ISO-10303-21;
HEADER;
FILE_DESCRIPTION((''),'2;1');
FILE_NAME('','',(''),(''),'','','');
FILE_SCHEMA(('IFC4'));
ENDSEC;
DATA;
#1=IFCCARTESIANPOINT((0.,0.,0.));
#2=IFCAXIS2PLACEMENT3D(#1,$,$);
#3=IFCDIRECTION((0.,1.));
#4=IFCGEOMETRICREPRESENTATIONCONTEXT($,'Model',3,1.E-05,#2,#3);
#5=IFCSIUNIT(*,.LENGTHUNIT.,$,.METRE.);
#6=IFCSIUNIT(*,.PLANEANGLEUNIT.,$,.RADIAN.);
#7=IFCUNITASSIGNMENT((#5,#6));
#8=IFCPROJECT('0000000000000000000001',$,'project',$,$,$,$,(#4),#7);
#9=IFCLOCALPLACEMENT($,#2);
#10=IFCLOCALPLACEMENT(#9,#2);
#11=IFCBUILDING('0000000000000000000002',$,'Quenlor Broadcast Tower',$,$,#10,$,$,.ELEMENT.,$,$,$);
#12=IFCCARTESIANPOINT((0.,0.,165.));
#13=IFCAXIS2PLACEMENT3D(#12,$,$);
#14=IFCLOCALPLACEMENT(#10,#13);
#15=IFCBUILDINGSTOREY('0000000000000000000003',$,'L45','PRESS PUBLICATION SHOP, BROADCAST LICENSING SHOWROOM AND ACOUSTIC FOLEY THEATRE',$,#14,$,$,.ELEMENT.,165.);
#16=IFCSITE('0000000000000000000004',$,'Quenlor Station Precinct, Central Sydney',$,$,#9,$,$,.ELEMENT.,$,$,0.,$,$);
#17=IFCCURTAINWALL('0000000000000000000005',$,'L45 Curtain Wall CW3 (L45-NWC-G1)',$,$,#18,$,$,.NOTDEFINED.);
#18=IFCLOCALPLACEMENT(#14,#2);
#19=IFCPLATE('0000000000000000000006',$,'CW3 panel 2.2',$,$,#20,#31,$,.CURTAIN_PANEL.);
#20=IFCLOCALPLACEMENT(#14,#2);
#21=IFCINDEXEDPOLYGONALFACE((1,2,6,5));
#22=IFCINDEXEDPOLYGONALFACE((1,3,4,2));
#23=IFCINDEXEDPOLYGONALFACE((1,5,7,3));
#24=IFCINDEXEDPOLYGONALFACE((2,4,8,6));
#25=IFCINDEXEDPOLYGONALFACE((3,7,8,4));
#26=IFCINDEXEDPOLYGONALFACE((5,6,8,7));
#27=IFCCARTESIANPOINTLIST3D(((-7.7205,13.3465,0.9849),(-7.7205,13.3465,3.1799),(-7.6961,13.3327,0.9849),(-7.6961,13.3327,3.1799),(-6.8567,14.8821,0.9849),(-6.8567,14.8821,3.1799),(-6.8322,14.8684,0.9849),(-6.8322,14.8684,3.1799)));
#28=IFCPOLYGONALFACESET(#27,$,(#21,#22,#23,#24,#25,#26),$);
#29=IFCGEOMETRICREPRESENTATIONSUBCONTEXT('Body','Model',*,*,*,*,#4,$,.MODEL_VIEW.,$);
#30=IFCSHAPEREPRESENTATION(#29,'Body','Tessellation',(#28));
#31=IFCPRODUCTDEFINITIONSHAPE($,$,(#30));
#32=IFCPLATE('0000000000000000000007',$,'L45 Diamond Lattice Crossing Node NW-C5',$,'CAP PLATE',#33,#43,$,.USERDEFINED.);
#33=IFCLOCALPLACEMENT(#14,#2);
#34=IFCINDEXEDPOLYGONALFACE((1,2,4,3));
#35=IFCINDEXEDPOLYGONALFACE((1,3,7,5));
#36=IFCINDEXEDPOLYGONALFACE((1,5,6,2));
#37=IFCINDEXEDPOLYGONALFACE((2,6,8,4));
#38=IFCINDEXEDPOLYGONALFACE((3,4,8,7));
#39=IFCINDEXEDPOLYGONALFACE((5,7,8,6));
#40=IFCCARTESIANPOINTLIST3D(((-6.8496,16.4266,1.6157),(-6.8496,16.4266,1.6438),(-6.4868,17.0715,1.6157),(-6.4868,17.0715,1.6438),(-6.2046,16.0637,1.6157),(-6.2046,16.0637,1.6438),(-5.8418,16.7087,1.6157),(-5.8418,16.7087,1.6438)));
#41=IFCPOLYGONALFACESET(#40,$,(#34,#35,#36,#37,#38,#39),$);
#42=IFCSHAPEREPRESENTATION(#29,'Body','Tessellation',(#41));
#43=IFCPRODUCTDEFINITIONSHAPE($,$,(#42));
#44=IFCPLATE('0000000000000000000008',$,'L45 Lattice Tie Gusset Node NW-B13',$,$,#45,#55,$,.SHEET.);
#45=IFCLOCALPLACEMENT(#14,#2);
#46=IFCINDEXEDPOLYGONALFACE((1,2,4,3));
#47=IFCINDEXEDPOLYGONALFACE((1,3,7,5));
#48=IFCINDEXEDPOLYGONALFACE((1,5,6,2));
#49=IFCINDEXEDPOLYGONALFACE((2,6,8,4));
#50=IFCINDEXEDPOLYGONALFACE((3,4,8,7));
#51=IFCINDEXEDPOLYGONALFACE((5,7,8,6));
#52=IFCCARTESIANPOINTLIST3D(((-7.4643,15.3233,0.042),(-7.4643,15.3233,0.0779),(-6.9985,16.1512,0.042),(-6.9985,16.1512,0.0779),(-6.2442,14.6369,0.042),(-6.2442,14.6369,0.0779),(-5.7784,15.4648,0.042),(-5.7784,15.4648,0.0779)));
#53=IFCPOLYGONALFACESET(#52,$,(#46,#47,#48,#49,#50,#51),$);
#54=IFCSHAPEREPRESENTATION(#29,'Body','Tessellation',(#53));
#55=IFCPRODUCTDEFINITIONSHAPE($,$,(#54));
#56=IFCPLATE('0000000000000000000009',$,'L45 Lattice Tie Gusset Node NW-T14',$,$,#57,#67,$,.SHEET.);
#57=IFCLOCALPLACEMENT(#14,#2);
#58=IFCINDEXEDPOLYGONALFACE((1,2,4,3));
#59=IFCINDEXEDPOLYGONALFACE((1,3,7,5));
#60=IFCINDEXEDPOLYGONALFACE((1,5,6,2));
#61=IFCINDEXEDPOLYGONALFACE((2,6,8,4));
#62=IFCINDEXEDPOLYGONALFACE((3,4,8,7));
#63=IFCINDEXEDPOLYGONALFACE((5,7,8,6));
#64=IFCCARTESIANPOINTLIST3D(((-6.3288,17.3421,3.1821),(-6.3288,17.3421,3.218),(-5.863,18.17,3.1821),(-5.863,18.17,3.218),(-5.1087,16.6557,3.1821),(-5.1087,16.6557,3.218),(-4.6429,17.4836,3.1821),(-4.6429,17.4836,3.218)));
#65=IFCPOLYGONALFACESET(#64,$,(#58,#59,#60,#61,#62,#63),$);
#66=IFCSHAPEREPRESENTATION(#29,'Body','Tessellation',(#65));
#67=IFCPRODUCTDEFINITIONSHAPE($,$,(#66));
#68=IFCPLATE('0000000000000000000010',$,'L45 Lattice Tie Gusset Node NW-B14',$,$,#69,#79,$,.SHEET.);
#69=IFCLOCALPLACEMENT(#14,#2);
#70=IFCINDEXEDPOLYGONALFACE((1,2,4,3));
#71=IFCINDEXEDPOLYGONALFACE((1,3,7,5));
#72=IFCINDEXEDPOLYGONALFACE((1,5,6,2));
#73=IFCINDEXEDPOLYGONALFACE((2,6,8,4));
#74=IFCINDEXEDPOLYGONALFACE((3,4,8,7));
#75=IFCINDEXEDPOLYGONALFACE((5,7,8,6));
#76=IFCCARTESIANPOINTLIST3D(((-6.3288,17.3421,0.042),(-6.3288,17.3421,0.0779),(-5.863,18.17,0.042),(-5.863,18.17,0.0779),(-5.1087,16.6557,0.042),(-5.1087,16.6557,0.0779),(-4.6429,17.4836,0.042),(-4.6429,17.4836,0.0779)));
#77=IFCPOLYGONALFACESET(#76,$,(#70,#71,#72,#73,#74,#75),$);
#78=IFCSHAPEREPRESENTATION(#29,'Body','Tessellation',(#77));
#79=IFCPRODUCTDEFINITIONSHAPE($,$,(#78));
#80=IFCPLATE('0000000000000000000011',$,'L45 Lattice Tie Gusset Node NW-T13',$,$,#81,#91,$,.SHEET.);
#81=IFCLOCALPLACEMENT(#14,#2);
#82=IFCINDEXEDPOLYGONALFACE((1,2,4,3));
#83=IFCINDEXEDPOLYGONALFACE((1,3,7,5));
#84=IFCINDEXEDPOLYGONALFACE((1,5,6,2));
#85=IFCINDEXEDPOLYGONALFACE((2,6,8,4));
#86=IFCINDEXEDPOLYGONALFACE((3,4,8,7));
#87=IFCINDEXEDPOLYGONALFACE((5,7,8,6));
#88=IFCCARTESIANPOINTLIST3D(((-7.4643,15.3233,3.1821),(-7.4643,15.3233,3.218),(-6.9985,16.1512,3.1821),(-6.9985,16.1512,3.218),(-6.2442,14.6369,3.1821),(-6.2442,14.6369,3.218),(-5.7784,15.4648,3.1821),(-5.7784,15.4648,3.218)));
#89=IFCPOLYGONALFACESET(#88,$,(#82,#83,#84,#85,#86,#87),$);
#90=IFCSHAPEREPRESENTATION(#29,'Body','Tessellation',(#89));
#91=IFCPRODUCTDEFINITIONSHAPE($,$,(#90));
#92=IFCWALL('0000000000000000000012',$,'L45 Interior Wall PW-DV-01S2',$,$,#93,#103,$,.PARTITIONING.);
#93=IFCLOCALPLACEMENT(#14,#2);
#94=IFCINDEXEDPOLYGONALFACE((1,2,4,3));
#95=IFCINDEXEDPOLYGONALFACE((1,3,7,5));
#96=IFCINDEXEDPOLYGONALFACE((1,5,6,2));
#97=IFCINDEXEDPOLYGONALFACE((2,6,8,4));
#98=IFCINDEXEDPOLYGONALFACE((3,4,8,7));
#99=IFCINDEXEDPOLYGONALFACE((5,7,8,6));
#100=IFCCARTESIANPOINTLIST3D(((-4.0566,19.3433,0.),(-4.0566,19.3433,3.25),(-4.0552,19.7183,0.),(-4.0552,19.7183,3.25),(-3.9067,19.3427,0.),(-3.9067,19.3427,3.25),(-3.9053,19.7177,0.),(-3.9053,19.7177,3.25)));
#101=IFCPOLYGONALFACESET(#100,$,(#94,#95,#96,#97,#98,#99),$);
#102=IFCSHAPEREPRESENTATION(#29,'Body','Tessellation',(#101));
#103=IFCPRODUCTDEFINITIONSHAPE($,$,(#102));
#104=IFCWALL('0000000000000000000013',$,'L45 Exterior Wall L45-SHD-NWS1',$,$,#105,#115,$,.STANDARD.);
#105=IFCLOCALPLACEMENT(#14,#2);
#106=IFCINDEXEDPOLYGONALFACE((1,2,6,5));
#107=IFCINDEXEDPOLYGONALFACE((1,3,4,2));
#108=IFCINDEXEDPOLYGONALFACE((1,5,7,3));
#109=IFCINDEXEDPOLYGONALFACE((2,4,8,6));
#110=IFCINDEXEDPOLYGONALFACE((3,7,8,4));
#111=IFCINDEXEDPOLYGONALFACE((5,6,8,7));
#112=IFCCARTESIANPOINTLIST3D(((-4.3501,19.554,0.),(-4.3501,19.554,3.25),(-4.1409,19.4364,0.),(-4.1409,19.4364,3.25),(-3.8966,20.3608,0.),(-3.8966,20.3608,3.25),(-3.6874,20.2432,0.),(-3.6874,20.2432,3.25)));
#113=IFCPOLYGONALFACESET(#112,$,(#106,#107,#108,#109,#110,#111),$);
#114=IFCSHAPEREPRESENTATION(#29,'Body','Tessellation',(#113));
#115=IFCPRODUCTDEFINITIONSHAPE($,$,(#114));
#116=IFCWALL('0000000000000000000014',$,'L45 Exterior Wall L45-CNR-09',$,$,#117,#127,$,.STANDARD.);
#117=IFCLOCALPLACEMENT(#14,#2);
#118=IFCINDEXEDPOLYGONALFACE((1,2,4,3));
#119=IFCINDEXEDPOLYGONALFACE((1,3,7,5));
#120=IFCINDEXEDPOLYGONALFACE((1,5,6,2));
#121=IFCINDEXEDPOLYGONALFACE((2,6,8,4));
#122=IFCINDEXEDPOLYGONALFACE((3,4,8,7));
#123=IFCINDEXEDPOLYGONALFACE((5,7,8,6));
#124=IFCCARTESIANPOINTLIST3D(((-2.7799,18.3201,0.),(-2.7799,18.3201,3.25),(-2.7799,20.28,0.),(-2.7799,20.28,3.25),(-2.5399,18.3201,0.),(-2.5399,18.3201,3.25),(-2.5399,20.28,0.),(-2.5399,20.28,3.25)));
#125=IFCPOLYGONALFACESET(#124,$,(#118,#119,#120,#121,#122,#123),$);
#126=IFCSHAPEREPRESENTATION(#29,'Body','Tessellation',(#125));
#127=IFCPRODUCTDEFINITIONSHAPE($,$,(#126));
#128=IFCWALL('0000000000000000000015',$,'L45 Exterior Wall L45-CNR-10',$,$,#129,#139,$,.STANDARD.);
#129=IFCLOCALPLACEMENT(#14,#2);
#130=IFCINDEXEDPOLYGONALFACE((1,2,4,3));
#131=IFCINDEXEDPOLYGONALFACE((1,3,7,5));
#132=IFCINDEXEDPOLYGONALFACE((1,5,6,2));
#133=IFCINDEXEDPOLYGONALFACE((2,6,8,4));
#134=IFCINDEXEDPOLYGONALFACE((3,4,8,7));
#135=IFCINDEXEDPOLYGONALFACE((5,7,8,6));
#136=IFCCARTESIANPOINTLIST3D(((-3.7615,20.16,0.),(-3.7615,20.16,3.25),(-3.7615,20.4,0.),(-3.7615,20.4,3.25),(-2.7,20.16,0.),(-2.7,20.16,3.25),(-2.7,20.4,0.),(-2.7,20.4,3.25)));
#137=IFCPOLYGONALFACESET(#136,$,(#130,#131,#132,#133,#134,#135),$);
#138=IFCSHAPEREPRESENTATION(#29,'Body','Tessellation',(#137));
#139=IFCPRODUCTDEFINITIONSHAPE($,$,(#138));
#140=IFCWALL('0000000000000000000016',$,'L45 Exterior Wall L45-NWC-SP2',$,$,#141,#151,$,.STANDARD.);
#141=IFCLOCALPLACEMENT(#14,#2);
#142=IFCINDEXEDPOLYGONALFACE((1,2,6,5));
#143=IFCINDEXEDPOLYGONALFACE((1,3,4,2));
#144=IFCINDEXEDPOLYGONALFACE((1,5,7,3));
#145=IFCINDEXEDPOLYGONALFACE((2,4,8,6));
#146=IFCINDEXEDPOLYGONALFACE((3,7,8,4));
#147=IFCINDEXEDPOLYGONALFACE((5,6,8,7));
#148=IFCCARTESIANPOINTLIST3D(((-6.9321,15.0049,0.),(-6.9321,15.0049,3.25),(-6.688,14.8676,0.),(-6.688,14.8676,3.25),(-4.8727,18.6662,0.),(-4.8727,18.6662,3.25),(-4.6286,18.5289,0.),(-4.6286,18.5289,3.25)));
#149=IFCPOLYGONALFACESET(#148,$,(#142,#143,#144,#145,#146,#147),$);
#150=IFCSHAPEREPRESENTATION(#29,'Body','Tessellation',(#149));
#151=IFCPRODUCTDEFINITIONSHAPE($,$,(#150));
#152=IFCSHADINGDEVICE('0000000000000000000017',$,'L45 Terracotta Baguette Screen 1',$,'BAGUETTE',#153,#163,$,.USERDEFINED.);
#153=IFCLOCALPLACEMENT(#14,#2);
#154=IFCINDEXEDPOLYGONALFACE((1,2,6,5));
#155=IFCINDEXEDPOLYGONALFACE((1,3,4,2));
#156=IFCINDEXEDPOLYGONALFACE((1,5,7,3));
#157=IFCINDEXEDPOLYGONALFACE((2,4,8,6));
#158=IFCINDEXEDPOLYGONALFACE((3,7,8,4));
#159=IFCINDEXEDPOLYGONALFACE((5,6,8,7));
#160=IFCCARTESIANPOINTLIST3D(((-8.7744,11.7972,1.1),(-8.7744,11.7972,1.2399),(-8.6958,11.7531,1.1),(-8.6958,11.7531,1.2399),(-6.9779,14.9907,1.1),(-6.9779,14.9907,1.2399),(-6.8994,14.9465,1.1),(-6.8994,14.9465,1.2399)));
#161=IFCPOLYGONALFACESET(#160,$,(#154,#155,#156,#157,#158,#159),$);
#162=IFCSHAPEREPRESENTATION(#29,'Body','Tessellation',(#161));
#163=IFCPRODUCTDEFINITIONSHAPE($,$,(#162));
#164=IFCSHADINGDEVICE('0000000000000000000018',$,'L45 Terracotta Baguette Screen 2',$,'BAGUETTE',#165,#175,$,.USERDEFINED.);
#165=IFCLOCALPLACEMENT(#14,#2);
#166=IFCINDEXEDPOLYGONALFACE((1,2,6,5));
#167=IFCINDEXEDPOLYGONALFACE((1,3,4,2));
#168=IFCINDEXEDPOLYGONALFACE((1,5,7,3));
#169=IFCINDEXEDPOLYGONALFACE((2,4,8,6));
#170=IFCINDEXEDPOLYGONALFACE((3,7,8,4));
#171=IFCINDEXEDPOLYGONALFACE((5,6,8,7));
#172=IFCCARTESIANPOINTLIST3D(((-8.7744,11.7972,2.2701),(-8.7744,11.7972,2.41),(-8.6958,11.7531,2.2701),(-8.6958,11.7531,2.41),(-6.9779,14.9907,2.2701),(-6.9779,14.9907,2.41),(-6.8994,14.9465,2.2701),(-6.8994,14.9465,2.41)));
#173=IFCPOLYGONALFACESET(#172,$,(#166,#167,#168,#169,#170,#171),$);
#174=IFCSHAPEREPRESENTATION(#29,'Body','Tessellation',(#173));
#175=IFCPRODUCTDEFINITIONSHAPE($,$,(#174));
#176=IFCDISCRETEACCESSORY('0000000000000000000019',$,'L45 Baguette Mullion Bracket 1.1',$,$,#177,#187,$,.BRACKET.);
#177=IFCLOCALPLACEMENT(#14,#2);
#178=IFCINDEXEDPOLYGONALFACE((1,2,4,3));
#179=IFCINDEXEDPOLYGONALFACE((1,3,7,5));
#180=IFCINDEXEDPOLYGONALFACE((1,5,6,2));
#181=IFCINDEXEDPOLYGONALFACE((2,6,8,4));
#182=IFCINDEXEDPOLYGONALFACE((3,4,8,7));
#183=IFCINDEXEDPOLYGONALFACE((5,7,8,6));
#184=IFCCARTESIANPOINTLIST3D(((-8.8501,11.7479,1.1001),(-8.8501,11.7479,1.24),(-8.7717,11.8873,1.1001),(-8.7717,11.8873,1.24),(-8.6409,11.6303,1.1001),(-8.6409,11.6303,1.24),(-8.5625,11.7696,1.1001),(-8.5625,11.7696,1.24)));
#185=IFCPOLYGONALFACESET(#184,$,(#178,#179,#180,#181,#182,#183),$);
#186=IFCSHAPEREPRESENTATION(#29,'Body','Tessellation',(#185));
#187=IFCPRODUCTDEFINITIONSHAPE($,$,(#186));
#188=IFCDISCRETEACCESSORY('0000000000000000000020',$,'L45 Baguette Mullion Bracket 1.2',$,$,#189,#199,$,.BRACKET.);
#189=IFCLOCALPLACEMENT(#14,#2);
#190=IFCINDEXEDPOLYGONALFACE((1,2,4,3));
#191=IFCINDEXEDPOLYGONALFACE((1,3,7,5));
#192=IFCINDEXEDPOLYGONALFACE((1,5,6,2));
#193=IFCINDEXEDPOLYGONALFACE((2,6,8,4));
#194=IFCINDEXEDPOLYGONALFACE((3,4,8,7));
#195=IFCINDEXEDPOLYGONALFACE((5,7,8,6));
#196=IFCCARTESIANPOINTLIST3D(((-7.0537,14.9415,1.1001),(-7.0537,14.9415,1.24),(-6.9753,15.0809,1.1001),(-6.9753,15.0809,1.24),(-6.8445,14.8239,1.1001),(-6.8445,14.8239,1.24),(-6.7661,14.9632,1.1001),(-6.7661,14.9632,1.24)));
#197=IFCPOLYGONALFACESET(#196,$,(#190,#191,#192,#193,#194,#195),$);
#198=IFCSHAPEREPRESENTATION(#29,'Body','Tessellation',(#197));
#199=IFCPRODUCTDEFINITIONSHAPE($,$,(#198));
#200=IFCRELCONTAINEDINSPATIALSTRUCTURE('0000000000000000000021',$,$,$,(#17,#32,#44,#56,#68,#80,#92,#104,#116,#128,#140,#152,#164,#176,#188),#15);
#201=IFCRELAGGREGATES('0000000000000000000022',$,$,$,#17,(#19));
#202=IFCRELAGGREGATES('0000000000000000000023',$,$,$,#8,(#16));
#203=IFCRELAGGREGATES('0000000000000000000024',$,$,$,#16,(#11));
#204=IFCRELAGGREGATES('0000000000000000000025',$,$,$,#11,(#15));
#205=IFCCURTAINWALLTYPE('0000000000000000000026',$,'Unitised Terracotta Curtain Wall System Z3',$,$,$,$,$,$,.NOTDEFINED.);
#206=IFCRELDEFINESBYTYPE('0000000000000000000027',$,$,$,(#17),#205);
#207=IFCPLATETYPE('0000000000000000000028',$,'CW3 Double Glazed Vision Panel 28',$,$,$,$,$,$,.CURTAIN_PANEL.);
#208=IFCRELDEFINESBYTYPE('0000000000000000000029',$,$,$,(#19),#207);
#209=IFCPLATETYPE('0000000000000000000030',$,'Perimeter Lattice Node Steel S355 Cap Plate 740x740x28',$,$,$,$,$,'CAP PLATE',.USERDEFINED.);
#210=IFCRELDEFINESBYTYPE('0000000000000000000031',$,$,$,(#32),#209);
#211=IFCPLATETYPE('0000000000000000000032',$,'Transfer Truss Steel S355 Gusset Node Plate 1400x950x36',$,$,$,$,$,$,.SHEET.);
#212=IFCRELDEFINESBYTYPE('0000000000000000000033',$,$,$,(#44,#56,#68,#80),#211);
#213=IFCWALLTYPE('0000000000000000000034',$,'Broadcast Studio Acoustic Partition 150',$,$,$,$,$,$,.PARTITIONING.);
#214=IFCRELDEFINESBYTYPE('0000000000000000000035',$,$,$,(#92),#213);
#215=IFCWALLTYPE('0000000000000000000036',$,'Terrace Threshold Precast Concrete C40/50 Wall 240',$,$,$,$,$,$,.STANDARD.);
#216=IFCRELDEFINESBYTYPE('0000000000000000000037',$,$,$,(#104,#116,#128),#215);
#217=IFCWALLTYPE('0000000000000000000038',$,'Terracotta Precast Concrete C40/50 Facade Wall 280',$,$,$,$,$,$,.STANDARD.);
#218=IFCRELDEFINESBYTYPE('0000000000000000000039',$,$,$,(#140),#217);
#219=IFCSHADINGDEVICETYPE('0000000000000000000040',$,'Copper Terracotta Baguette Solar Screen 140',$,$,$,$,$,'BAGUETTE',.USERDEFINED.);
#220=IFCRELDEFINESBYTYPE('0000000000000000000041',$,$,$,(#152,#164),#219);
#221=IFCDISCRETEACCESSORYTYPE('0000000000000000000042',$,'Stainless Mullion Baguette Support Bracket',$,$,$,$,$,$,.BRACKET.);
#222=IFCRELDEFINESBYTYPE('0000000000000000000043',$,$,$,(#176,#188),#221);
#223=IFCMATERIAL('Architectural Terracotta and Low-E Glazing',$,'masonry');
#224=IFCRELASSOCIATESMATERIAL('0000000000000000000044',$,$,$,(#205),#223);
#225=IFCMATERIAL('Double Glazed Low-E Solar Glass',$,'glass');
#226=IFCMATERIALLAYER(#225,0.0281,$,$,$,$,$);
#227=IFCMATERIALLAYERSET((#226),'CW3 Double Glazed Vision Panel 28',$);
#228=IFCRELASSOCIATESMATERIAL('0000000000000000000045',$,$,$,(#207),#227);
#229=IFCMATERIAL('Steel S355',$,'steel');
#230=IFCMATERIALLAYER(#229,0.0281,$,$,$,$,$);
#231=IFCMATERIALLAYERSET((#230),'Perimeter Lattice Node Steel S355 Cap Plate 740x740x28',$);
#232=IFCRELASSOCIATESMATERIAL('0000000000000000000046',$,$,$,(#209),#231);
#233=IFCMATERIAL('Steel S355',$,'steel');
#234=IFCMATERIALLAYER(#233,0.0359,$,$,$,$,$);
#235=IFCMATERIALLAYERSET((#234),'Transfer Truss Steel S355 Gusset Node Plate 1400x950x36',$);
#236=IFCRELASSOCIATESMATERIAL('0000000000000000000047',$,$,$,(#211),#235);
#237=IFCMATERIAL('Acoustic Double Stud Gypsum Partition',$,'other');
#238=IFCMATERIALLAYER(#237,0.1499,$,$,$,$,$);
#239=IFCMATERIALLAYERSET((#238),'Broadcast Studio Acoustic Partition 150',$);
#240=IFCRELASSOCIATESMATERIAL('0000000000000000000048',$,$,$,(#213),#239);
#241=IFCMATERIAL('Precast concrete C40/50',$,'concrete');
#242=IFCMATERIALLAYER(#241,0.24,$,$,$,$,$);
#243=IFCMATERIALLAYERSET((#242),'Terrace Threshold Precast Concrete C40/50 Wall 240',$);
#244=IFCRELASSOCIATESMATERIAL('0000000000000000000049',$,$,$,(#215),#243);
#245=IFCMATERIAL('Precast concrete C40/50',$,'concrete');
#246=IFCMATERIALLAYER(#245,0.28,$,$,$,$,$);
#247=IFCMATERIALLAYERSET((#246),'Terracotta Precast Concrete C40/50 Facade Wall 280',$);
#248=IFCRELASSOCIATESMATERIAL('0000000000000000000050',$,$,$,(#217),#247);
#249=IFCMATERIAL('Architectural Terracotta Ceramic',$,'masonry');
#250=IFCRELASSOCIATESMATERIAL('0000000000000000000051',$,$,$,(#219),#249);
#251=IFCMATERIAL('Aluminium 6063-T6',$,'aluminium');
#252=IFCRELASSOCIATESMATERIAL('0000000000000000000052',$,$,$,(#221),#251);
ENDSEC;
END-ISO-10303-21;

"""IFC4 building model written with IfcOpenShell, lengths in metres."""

from ifc_helpers import new_model, si_unit, direction, frame, frame_2d, origin, origin_2d, place, context, subcontext, project, spatial, rectangle, extrude, material, layer, layer_set, material_profile, profile_set, type_object, element, aggregate, save


model = new_model("IFC4")

# Units and contexts
model_context = context("Model", 3, precision=1e-05, world=origin(), true_north=direction((0.0, 1.0)))
body_context = subcontext(model_context, "Body", "Model", "MODEL_VIEW")
ifc_project = project(units=[si_unit("LENGTHUNIT", "METRE"), si_unit("PLANEANGLEUNIT", "RADIAN")], contexts=[model_context])

# Site, building, storey
site_placement = place(None, origin())
site = spatial("IfcSite", under=ifc_project, at=site_placement, Name="Quenlor Station Precinct, Central Sydney", CompositionType="ELEMENT", RefElevation=0.0)
building_placement = place(site_placement, origin())
building = spatial("IfcBuilding", under=site, at=building_placement, Name="Quenlor Broadcast Tower", CompositionType="ELEMENT")
storey_placement = place(building_placement, frame((0.0, 0.0, 165.0)))
storey = spatial("IfcBuildingStorey", under=building, at=storey_placement, Name="L45", Description="PRESS PUBLICATION SHOP, BROADCAST LICENSING SHOWROOM AND ACOUSTIC FOLEY THEATRE", CompositionType="ELEMENT", Elevation=165.0)

# Curtain wall
ifc_material_1 = material(Name="Architectural Terracotta and Low-E Glazing", Category="masonry")
curtain_wall_type = type_object("IfcCurtainWallType", Name="Unitised Terracotta Curtain Wall System Z3", PredefinedType="NOTDEFINED", material=ifc_material_1)
curtain_wall_placement = place(storey_placement, origin())
curtain_wall = element("IfcCurtainWall", 1, at=curtain_wall_placement, inside=storey, type_object=curtain_wall_type, Name="L45 Curtain Wall CW3 (L45-NWC-G1)", PredefinedType="NOTDEFINED")

# Plate
ifc_material_2 = material(Name="Double Glazed Low-E Solar Glass", Category="glass")
ifc_layer_1 = layer(ifc_material_2, 0.0281)
ifc_layer_set_1 = layer_set([ifc_layer_1], Name="CW3 Double Glazed Vision Panel 28")
plate_type_1 = type_object("IfcPlateType", Name="CW3 Double Glazed Vision Panel 28", PredefinedType="CURTAIN_PANEL", material=ifc_layer_set_1)
plate_1_placement = place(storey_placement, frame((-7.2764, 14.1074, 0.9849), z_axis=(0.0, 0.0, 1.0), x_axis=(0.49027, 0.871571, 0.0)))
plate_1 = element("IfcPlate", 2, at=plate_1_placement, type_object=plate_type_1, Name="CW3 panel 2.2", PredefinedType="CURTAIN_PANEL", context=body_context, shape_type="SweptSolid", body=[
    extrude(rectangle(XDim=1.762, YDim=0.0281, at=origin_2d()), origin(), (0.0, 0.0, 1.0), 2.1951),
])
aggregate(curtain_wall, [plate_1])

# Plates
ifc_material_3 = material(Name="Steel S355", Category="steel")
ifc_layer_2 = layer(ifc_material_3, 0.0281)
ifc_layer_set_2 = layer_set([ifc_layer_2], Name="Perimeter Lattice Node Steel S355 Cap Plate 740x740x28")
plate_type_2 = type_object("IfcPlateType", Name="Perimeter Lattice Node Steel S355 Cap Plate 740x740x28", ElementType="CAP PLATE", PredefinedType="USERDEFINED", material=ifc_layer_set_2)
plate_2_placement = place(storey_placement, frame((-6.3457, 16.5676, 1.6157), z_axis=(0.0, 0.0, 1.0), x_axis=(0.490295, 0.871556, 0.0)))
element("IfcPlate", 3, at=plate_2_placement, inside=storey, type_object=plate_type_2, Name="L45 Diamond Lattice Crossing Node NW-C5", ObjectType="CAP PLATE", PredefinedType="USERDEFINED", context=body_context, shape_type="SweptSolid", body=[
    extrude(rectangle(XDim=0.74, YDim=0.74, at=origin_2d()), origin(), (0.0, 0.0, 1.0), 0.0281),
])
ifc_material_4 = material(Name="Steel S355", Category="steel")
ifc_layer_3 = layer(ifc_material_4, 0.0359)
ifc_layer_set_3 = layer_set([ifc_layer_3], Name="Transfer Truss Steel S355 Gusset Node Plate 1400x950x36")
plate_type_3 = type_object("IfcPlateType", Name="Transfer Truss Steel S355 Gusset Node Plate 1400x950x36", PredefinedType="SHEET", material=ifc_layer_set_3)
for number, where, z_axis, x_axis, name in (
    (4, (-6.6213, 15.394, 0.042), (0.0, 0.0, 1.0), (-0.871556, 0.490295, 0.0), "L45 Lattice Tie Gusset Node NW-B13"),
    (5, (-5.4858, 17.4128, 3.1821), (0.0, 0.0, 1.0), (-0.871556, 0.490295, 0.0), "L45 Lattice Tie Gusset Node NW-T14"),
    (6, (-5.4858, 17.4128, 0.042), (0.0, 0.0, 1.0), (-0.871556, 0.490295, 0.0), "L45 Lattice Tie Gusset Node NW-B14"),
    (7, (-6.6213, 15.394, 3.1821), (0.0, 0.0, 1.0), (-0.871556, 0.490295, 0.0), "L45 Lattice Tie Gusset Node NW-T13"),
):
    element("IfcPlate", number, at=place(storey_placement, frame(where, z_axis=z_axis, x_axis=x_axis)), inside=storey, type_object=plate_type_3, Name=name, PredefinedType="SHEET", context=body_context, shape_type="SweptSolid", body=[
        extrude(rectangle(XDim=1.3999, YDim=0.95, at=origin_2d()), origin(), (0.0, 0.0, 1.0), 0.0359),
    ])

# Walls
ifc_material_5 = material(Name="Acoustic Double Stud Gypsum Partition", Category="other")
ifc_layer_4 = layer(ifc_material_5, 0.1499)
ifc_layer_set_4 = layer_set([ifc_layer_4], Name="Broadcast Studio Acoustic Partition 150")
wall_type_1 = type_object("IfcWallType", Name="Broadcast Studio Acoustic Partition 150", PredefinedType="PARTITIONING", material=ifc_layer_set_4)
wall_1_placement = place(storey_placement, frame((-3.9817, 19.343, 0.0), z_axis=(0.0, 0.0, 1.0), x_axis=(0.003906, 0.999992, 0.0)))
element("IfcWall", 8, at=wall_1_placement, inside=storey, type_object=wall_type_1, Name="L45 Interior Wall PW-DV-01S2", PredefinedType="PARTITIONING", context=body_context, shape_type="SweptSolid", body=[
    extrude(rectangle(XDim=0.375, YDim=0.1499, at=frame_2d((0.1875, 0.0))), origin(), (0.0, 0.0, 1.0), 3.25),
])
ifc_material_6 = material(Name="Precast concrete C40/50", Category="concrete")
ifc_layer_5 = layer(ifc_material_6, 0.24)
ifc_layer_set_5 = layer_set([ifc_layer_5], Name="Terrace Threshold Precast Concrete C40/50 Wall 240")
wall_type_2 = type_object("IfcWallType", Name="Terrace Threshold Precast Concrete C40/50 Wall 240", PredefinedType="STANDARD", material=ifc_layer_set_5)
wall_2_placement = place(storey_placement, frame((-4.2456, 19.4951, 0.0), z_axis=(0.0, 0.0, 1.0), x_axis=(0.490048, 0.871695, 0.0)))
element("IfcWall", 9, at=wall_2_placement, inside=storey, type_object=wall_type_2, Name="L45 Exterior Wall L45-SHD-NWS1", PredefinedType="STANDARD", context=body_context, shape_type="SweptSolid", body=[
    extrude(rectangle(XDim=0.9255, YDim=0.24, at=frame_2d((0.4629, 0.0))), origin(), (0.0, 0.0, 1.0), 3.25),
])
wall_3_placement = place(storey_placement, frame((-2.6599, 18.3201, 0.0), z_axis=(0.0, 0.0, 1.0), x_axis=(0.0, 1.0, 0.0)))
element("IfcWall", 10, at=wall_3_placement, inside=storey, type_object=wall_type_2, Name="L45 Exterior Wall L45-CNR-09", PredefinedType="STANDARD", context=body_context, shape_type="SweptSolid", body=[
    extrude(rectangle(XDim=1.96, YDim=0.24, at=frame_2d((0.98, 0.0))), origin(), (0.0, 0.0, 1.0), 3.25),
])
wall_4_placement = place(storey_placement, frame((-2.7, 20.28, 0.0), z_axis=(0.0, 0.0, 1.0), x_axis=(-1.0, 0.0, 0.0)))
element("IfcWall", 11, at=wall_4_placement, inside=storey, type_object=wall_type_2, Name="L45 Exterior Wall L45-CNR-10", PredefinedType="STANDARD", context=body_context, shape_type="SweptSolid", body=[
    extrude(rectangle(XDim=1.0615, YDim=0.24, at=frame_2d((0.5308, 0.0))), origin(), (0.0, 0.0, 1.0), 3.25),
])
ifc_material_7 = material(Name="Precast concrete C40/50", Category="concrete")
ifc_layer_6 = layer(ifc_material_7, 0.28)
ifc_layer_set_6 = layer_set([ifc_layer_6], Name="Terracotta Precast Concrete C40/50 Facade Wall 280")
wall_type_3 = type_object("IfcWallType", Name="Terracotta Precast Concrete C40/50 Facade Wall 280", PredefinedType="STANDARD", material=ifc_layer_set_6)
wall_5_placement = place(storey_placement, frame((-6.8101, 14.9363, 0.0), z_axis=(0.0, 0.0, 1.0), x_axis=(0.49025, 0.871582, 0.0)))
element("IfcWall", 12, at=wall_5_placement, inside=storey, type_object=wall_type_3, Name="L45 Exterior Wall L45-NWC-SP2", PredefinedType="STANDARD", context=body_context, shape_type="SweptSolid", body=[
    extrude(rectangle(XDim=4.2007, YDim=0.28, at=frame_2d((2.1003, 0.0))), origin(), (0.0, 0.0, 1.0), 3.25),
])

# Shading devices
ifc_material_8 = material(Name="Architectural Terracotta Ceramic", Category="masonry")
ifc_material_profile_1 = material_profile(ifc_material_8, rectangle(XDim=0.0901, YDim=0.1399, at=origin_2d()))
ifc_profile_set_1 = profile_set([ifc_material_profile_1], Name="Architectural Terracotta Ceramic BAG90x140")
shading_device_type = type_object("IfcShadingDeviceType", Name="Copper Terracotta Baguette Solar Screen 140", ElementType="BAGUETTE", PredefinedType="USERDEFINED", material=ifc_profile_set_1)
for number, where, z_axis, x_axis, name in (
    (13, (-8.7351, 11.7751, 1.1699), (0.490287, 0.871561, 0.0), (-0.871561, 0.490287, 0.0), "L45 Terracotta Baguette Screen 1"),
    (14, (-8.7351, 11.7751, 2.3401), (0.490287, 0.871561, 0.0), (-0.871561, 0.490287, 0.0), "L45 Terracotta Baguette Screen 2"),
):
    element("IfcShadingDevice", number, at=place(storey_placement, frame(where, z_axis=z_axis, x_axis=x_axis)), inside=storey, type_object=shading_device_type, Name=name, ObjectType="BAGUETTE", PredefinedType="USERDEFINED", context=body_context, shape_type="SweptSolid", body=[
        extrude(rectangle(XDim=0.0901, YDim=0.1399, at=origin_2d()), origin(), (0.0, 0.0, 1.0), 3.6641),
    ])

# Discrete accessories
ifc_material_9 = material(Name="Aluminium 6063-T6", Category="aluminium")
discrete_accessory_type = type_object("IfcDiscreteAccessoryType", Name="Stainless Mullion Baguette Support Bracket", PredefinedType="BRACKET", material=ifc_material_9)
for number, where, z_axis, x_axis, name in (
    (15, (-8.7063, 11.7588, 1.1001), (0.0, 0.0, 1.0), (0.49027, 0.871571, 0.0), "L45 Baguette Mullion Bracket 1.1"),
    (16, (-6.9099, 14.9524, 1.1001), (0.0, 0.0, 1.0), (0.49027, 0.871571, 0.0), "L45 Baguette Mullion Bracket 1.2"),
):
    element("IfcDiscreteAccessory", number, at=place(storey_placement, frame(where, z_axis=z_axis, x_axis=x_axis)), inside=storey, type_object=discrete_accessory_type, Name=name, PredefinedType="BRACKET", context=body_context, shape_type="SweptSolid", body=[
        extrude(rectangle(XDim=0.1599, YDim=0.24, at=origin_2d()), origin(), (0.0, 0.0, 1.0), 0.1399),
    ])

save(model, "model.ifc")
